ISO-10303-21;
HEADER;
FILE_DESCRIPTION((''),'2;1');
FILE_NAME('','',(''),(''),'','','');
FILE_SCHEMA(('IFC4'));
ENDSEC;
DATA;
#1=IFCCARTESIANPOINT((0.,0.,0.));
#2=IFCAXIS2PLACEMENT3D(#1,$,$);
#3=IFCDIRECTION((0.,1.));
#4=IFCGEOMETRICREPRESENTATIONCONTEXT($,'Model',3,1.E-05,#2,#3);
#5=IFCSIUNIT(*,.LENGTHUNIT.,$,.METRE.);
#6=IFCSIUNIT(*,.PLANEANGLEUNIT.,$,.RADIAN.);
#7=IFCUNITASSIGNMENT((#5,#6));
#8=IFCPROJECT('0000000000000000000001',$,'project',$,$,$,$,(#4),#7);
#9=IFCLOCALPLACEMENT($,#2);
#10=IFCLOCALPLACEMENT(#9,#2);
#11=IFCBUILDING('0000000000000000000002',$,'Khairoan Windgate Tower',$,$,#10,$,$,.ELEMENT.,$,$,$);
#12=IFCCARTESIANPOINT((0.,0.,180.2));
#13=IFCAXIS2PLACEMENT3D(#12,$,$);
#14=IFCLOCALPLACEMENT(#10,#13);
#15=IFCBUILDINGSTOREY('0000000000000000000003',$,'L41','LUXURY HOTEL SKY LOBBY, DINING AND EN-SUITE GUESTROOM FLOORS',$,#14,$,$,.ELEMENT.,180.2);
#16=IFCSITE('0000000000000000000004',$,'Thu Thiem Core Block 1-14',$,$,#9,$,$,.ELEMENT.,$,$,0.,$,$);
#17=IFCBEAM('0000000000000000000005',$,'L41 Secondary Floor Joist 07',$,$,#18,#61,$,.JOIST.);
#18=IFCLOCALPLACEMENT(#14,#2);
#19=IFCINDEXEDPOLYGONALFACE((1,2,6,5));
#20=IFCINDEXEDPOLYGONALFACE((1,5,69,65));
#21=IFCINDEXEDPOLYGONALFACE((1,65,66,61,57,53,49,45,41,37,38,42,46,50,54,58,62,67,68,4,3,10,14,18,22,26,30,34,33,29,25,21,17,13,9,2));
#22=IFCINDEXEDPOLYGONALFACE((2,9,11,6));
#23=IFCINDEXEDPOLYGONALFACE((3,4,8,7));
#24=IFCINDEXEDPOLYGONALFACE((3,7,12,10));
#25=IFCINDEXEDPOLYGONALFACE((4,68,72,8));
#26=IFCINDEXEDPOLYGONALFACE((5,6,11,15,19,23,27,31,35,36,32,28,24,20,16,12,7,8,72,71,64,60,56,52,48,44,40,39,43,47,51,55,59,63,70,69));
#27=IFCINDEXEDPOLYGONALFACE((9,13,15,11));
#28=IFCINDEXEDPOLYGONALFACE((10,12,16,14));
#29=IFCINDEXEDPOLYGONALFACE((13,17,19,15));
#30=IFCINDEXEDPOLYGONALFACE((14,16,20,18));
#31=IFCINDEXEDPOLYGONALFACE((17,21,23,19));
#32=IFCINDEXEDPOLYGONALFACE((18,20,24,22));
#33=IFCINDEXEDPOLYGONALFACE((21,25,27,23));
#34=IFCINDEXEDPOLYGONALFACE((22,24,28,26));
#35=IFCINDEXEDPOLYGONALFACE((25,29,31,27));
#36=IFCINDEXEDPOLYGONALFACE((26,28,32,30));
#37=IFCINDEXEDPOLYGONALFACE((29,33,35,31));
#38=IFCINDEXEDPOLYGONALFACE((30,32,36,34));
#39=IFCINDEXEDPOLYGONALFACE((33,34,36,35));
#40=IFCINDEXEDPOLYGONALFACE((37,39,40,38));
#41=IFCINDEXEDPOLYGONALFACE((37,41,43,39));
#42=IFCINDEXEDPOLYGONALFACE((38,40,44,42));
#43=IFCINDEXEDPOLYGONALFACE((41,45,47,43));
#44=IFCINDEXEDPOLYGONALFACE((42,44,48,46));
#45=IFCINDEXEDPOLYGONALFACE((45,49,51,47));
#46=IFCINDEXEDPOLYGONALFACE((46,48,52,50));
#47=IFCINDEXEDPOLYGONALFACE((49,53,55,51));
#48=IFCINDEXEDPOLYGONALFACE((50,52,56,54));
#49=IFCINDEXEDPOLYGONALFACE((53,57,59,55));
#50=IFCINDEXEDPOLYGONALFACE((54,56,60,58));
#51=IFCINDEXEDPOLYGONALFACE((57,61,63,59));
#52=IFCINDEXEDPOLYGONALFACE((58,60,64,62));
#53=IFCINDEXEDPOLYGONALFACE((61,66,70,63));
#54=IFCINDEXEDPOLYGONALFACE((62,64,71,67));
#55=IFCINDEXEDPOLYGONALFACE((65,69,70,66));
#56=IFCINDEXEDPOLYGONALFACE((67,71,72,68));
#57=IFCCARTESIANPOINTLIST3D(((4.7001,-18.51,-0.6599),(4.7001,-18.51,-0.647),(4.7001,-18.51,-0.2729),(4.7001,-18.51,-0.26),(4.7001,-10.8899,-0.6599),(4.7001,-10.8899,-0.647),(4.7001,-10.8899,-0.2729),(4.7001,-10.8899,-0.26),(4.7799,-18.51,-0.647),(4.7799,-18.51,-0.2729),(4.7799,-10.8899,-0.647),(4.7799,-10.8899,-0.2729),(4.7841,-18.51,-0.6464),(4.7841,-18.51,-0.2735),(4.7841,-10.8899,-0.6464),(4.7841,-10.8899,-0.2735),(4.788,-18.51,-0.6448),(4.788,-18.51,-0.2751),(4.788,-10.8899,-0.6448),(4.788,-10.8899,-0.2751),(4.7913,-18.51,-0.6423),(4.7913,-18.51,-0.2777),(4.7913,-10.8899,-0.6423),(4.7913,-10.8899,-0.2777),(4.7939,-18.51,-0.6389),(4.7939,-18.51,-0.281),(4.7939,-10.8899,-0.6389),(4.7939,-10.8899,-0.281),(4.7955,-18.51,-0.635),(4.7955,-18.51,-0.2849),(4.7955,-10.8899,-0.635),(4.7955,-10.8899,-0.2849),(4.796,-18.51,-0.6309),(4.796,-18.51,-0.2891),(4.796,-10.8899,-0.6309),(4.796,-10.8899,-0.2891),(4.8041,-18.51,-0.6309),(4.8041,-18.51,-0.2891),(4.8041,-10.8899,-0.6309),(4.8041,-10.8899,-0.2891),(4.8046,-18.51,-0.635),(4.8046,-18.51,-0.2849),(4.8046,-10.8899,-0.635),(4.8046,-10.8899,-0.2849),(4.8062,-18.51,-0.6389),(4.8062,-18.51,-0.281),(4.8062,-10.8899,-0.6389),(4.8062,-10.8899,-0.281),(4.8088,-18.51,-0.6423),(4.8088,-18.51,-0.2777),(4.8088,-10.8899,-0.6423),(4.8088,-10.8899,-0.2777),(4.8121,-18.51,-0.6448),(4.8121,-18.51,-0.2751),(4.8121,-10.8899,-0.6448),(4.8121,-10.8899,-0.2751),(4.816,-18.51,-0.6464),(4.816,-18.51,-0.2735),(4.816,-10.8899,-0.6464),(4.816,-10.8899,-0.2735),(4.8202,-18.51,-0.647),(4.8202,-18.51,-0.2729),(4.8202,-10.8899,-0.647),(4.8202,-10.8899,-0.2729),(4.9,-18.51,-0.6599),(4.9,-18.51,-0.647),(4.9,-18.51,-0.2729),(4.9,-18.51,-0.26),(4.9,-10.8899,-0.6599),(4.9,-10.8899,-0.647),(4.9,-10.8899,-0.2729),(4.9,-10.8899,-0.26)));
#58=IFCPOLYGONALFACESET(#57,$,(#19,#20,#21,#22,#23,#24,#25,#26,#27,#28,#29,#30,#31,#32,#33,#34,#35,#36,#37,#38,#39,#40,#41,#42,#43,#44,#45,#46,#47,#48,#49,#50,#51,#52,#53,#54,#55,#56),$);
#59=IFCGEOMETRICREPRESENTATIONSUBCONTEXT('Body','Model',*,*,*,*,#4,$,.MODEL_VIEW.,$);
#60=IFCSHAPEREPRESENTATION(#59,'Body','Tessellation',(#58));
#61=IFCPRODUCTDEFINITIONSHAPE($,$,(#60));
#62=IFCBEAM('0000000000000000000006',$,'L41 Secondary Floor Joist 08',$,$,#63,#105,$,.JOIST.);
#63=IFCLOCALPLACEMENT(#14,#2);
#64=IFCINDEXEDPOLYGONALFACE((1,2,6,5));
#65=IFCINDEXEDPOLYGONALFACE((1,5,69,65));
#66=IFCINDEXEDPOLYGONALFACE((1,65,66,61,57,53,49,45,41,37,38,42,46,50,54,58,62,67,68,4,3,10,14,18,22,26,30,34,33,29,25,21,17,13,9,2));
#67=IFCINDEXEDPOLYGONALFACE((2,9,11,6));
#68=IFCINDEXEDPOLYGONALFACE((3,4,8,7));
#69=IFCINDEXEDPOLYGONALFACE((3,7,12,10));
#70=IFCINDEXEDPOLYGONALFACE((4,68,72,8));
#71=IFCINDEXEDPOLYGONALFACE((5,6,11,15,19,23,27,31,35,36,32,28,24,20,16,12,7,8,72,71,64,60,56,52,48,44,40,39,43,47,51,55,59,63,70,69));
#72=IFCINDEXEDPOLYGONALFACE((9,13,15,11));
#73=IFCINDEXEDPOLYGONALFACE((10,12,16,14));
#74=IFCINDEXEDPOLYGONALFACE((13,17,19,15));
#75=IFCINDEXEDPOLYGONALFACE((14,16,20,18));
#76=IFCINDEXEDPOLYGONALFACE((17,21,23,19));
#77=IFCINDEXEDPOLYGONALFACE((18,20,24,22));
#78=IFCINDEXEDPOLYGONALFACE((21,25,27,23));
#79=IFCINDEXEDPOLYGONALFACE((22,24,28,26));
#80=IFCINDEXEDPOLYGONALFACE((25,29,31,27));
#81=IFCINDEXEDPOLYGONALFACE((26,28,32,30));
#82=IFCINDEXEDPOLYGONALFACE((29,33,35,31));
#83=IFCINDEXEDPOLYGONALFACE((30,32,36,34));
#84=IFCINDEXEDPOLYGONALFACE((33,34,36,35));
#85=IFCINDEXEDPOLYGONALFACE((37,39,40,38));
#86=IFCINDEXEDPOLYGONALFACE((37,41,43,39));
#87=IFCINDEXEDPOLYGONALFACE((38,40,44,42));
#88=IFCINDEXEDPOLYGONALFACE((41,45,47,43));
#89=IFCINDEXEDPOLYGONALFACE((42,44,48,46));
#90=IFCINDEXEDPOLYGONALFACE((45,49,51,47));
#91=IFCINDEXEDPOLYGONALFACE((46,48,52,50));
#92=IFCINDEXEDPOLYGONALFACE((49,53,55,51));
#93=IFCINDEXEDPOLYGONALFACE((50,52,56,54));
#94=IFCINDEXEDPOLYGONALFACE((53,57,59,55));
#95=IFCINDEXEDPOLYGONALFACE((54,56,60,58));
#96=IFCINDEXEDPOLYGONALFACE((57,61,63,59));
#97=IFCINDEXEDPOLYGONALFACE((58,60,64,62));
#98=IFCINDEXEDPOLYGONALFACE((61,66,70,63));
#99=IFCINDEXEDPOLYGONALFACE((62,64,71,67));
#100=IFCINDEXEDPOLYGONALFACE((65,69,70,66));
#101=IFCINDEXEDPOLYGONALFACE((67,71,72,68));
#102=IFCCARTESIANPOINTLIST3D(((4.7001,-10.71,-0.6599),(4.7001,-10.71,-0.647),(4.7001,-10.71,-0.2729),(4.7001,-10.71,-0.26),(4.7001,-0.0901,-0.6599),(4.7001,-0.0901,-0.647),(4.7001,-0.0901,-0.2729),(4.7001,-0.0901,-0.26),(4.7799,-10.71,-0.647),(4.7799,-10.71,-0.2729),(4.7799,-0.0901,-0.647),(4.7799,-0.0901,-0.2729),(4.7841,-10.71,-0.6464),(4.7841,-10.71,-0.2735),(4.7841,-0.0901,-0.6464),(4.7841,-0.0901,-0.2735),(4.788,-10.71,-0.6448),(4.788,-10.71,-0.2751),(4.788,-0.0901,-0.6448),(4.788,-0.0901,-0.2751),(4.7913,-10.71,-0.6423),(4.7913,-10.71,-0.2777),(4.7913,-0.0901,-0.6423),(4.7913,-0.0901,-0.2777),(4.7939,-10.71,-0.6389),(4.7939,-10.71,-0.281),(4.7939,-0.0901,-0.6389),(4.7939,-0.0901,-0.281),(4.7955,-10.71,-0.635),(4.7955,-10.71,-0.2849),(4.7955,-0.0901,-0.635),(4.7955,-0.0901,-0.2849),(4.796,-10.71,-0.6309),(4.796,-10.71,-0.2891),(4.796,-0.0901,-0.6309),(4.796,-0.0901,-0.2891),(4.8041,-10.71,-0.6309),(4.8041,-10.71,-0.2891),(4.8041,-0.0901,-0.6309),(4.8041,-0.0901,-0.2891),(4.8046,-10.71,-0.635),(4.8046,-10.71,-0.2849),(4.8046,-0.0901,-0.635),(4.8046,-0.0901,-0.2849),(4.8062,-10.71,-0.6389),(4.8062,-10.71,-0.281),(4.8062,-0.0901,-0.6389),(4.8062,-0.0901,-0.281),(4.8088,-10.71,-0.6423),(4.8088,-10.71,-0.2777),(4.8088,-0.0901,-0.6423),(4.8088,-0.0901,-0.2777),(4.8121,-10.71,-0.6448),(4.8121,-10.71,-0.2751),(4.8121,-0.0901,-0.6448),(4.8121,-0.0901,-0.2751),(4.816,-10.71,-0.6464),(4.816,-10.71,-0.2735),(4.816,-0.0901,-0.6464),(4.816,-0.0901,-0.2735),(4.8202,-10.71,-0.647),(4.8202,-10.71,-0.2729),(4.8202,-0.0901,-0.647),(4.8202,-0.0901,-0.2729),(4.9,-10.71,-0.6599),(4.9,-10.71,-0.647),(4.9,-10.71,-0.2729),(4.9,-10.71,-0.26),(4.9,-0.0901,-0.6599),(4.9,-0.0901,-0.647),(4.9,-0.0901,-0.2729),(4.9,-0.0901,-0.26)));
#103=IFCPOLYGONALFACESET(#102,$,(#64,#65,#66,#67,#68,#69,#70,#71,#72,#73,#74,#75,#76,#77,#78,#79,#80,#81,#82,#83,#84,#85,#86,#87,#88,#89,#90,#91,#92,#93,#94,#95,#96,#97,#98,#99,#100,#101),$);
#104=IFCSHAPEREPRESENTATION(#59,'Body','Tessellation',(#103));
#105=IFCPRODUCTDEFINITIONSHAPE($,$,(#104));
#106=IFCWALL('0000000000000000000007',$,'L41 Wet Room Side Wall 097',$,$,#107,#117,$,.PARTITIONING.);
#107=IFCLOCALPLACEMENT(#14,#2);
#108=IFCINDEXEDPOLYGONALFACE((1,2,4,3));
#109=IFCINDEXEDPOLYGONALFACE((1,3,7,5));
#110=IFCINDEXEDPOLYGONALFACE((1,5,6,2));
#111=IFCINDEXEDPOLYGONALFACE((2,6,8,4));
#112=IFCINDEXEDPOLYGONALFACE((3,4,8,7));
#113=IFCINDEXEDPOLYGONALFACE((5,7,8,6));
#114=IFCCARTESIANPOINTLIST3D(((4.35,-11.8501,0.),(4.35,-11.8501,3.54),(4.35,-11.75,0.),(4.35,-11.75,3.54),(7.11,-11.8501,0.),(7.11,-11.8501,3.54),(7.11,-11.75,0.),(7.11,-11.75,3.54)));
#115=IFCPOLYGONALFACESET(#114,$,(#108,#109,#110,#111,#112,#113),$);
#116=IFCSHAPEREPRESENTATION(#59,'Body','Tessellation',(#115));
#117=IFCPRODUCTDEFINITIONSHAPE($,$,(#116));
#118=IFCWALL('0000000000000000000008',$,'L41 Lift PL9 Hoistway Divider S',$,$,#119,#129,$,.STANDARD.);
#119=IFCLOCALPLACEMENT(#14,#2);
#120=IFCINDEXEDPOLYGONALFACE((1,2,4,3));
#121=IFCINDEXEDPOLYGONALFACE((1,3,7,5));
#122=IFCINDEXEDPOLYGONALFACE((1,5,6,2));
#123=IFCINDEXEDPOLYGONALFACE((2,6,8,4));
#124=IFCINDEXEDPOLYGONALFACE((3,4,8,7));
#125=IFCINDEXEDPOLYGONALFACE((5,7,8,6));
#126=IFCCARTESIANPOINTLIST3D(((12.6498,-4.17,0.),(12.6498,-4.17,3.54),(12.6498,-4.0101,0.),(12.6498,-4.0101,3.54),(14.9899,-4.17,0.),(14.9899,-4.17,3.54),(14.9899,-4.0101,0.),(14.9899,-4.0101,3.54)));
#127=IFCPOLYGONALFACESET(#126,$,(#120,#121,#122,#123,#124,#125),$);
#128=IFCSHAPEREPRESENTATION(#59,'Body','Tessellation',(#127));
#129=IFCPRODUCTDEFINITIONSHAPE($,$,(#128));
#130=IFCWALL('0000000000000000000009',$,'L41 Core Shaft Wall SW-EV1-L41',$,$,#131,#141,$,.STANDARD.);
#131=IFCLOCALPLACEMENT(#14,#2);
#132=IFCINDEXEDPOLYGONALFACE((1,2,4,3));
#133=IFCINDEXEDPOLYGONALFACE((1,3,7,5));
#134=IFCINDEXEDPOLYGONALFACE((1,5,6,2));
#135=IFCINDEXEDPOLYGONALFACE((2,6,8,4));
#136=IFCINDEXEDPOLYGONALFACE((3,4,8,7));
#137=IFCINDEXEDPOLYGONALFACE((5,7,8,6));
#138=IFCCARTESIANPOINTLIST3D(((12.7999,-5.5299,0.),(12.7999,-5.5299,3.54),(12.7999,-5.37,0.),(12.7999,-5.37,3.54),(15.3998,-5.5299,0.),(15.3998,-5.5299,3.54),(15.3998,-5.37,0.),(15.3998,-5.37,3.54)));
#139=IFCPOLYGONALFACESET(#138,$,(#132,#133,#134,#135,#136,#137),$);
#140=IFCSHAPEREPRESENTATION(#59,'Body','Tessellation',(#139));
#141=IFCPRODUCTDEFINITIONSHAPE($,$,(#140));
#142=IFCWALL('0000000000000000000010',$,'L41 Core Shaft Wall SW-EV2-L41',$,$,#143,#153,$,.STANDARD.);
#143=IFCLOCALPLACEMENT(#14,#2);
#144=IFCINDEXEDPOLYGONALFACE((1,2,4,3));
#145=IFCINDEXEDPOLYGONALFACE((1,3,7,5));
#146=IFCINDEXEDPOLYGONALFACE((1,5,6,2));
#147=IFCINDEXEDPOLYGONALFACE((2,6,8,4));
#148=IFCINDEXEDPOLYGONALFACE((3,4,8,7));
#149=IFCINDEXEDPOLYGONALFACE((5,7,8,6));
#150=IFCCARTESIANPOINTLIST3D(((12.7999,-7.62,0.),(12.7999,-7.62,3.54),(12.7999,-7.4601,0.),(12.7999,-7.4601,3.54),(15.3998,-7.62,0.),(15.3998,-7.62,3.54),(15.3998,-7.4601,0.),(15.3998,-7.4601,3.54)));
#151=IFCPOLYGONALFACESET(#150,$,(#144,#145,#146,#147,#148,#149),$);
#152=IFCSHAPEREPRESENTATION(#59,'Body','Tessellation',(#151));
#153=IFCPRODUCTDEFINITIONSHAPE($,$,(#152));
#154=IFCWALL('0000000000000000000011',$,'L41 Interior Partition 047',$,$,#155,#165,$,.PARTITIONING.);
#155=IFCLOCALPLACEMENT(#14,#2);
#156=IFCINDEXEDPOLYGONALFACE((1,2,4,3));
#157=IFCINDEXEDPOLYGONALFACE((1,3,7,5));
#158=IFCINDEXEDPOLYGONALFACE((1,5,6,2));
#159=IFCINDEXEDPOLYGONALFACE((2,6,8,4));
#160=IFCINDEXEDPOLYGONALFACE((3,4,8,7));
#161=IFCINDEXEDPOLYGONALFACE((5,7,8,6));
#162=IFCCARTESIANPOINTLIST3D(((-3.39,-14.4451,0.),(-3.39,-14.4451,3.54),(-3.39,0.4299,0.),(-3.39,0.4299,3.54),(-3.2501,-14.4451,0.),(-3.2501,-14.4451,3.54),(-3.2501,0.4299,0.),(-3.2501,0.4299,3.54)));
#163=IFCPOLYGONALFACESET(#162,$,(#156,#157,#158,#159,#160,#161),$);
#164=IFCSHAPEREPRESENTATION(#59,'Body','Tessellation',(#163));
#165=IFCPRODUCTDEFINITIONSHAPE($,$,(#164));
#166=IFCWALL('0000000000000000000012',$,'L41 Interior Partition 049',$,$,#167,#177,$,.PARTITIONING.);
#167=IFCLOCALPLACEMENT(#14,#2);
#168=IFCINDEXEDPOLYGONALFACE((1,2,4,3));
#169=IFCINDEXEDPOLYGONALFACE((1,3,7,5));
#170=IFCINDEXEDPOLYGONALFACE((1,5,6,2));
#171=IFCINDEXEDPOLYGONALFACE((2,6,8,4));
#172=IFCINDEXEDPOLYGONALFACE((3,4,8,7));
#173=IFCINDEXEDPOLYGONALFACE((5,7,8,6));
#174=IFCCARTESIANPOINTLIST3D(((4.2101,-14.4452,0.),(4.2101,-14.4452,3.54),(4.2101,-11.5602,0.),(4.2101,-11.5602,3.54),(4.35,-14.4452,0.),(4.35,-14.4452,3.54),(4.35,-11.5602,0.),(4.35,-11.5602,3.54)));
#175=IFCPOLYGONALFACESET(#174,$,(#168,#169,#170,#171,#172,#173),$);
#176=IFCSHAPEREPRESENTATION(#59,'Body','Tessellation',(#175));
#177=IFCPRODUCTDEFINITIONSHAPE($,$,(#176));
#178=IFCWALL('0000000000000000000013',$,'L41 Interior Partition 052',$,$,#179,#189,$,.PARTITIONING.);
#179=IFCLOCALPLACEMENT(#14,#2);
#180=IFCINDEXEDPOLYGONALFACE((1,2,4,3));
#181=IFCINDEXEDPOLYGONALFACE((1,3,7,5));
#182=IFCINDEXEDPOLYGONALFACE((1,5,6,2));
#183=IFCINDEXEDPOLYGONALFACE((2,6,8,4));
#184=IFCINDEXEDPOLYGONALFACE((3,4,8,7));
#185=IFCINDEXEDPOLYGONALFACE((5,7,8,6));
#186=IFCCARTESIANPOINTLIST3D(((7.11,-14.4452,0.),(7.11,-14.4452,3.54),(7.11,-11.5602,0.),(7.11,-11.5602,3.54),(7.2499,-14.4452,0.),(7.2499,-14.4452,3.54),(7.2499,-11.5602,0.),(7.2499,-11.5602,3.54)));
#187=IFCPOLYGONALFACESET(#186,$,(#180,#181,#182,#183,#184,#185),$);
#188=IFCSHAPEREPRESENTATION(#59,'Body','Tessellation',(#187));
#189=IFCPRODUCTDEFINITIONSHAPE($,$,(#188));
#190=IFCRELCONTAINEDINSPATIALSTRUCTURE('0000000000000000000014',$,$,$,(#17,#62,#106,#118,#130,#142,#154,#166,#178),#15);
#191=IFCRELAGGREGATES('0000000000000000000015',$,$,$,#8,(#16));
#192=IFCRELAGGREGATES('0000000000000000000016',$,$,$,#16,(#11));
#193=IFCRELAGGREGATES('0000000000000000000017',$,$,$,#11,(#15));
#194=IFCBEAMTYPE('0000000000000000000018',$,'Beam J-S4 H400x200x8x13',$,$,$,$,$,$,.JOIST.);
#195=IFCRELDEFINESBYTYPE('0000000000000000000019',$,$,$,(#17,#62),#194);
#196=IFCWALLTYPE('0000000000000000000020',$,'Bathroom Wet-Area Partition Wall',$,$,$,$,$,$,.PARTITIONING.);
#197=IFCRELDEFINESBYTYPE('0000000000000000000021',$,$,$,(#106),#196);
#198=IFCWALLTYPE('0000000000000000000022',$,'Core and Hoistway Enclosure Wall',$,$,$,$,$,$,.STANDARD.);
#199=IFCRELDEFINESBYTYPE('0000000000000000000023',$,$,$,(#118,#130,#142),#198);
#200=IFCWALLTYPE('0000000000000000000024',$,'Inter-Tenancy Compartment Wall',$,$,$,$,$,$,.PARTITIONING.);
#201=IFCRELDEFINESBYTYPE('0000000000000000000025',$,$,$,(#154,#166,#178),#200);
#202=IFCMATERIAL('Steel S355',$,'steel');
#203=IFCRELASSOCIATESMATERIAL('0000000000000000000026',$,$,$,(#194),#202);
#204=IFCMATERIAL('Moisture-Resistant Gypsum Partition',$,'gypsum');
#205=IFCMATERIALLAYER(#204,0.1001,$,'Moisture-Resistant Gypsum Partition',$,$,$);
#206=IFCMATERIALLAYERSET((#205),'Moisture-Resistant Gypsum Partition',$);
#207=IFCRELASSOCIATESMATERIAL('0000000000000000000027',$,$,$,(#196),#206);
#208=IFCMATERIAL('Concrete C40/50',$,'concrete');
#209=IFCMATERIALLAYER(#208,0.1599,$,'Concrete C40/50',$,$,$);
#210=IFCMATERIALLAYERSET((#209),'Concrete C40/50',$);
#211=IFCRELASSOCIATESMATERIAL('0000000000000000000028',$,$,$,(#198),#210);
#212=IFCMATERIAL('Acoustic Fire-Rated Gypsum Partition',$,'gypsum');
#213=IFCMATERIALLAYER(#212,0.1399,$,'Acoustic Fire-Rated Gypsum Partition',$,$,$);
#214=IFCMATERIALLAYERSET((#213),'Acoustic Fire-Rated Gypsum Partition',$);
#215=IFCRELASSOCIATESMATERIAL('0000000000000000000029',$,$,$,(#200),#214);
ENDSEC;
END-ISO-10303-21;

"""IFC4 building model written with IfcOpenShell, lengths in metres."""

from ifc_helpers import new_model, si_unit, direction, frame, frame_2d, origin, origin_2d, place, context, subcontext, project, spatial, rectangle, i_section, extrude, material, layer, layer_set, material_profile, profile_set, type_object, element, save


model = new_model("IFC4")

# Units and contexts
model_context = context("Model", 3, precision=1e-05, world=origin(), true_north=direction((0.0, 1.0)))
body_context = subcontext(model_context, "Body", "Model", "MODEL_VIEW")
ifc_project = project(units=[si_unit("LENGTHUNIT", "METRE"), si_unit("PLANEANGLEUNIT", "RADIAN")], contexts=[model_context])

# Site, building, storey
site_placement = place(None, origin())
site = spatial("IfcSite", under=ifc_project, at=site_placement, Name="Thu Thiem Core Block 1-14", CompositionType="ELEMENT", RefElevation=0.0)
building_placement = place(site_placement, origin())
building = spatial("IfcBuilding", under=site, at=building_placement, Name="Khairoan Windgate Tower", CompositionType="ELEMENT")
storey_placement = place(building_placement, frame((0.0, 0.0, 180.2)))
storey = spatial("IfcBuildingStorey", under=building, at=storey_placement, Name="L41", Description="LUXURY HOTEL SKY LOBBY, DINING AND EN-SUITE GUESTROOM FLOORS", CompositionType="ELEMENT", Elevation=180.2)

# Beams
ifc_material_1 = material(Name="Steel S355", Category="steel")
ifc_material_profile_1 = material_profile(ifc_material_1, i_section(OverallWidth=0.2, OverallDepth=0.3999, WebThickness=0.0081, FlangeThickness=0.0129, FilletRadius=0.0161, at=origin_2d()))
ifc_profile_set_1 = profile_set([ifc_material_profile_1], Name="Steel S355")
beam_type_1 = type_object("IfcBeamType", Name="Beam J-S4 H400x200x8x13", PredefinedType="JOIST", material=ifc_profile_set_1)
beam_1_placement = place(storey_placement, frame((4.8, -18.51, -0.46), z_axis=(0.0, 1.0, 0.0), x_axis=(-1.0, 0.0, 0.0)))
element("IfcBeam", 1, at=beam_1_placement, inside=storey, type_object=beam_type_1, Name="L41 Secondary Floor Joist 07", PredefinedType="JOIST", context=body_context, shape_type="SweptSolid", body=[
    extrude(i_section(OverallWidth=0.2, OverallDepth=0.3999, WebThickness=0.0081, FlangeThickness=0.0129, FilletRadius=0.0161, at=origin_2d()), origin(), (0.0, 0.0, 1.0), 7.6201),
])
beam_2_placement = place(storey_placement, frame((4.8, -10.71, -0.46), z_axis=(0.0, 1.0, 0.0), x_axis=(-1.0, 0.0, 0.0)))
element("IfcBeam", 2, at=beam_2_placement, inside=storey, type_object=beam_type_1, Name="L41 Secondary Floor Joist 08", PredefinedType="JOIST", context=body_context, shape_type="SweptSolid", body=[
    extrude(i_section(OverallWidth=0.2, OverallDepth=0.3999, WebThickness=0.0081, FlangeThickness=0.0129, FilletRadius=0.0161, at=origin_2d()), origin(), (0.0, 0.0, 1.0), 10.6199),
])

# Walls
ifc_material_2 = material(Name="Moisture-Resistant Gypsum Partition", Category="gypsum")
ifc_layer_1 = layer(ifc_material_2, 0.1001, Name="Moisture-Resistant Gypsum Partition")
ifc_layer_set_1 = layer_set([ifc_layer_1], Name="Moisture-Resistant Gypsum Partition")
wall_type_1 = type_object("IfcWallType", Name="Bathroom Wet-Area Partition Wall", PredefinedType="PARTITIONING", material=ifc_layer_set_1)
wall_1_placement = place(storey_placement, frame((4.3501, -11.8, 0.0), z_axis=(0.0, 0.0, 1.0), x_axis=(1.0, 0.0, 0.0)))
element("IfcWall", 3, at=wall_1_placement, inside=storey, type_object=wall_type_1, Name="L41 Wet Room Side Wall 097", PredefinedType="PARTITIONING", context=body_context, shape_type="SweptSolid", body=[
    extrude(rectangle(XDim=2.76, YDim=0.1001, at=frame_2d((1.3799, 0.0))), origin(), (0.0, 0.0, 1.0), 3.54),
])
ifc_material_3 = material(Name="Concrete C40/50", Category="concrete")
ifc_layer_2 = layer(ifc_material_3, 0.1599, Name="Concrete C40/50")
ifc_layer_set_2 = layer_set([ifc_layer_2], Name="Concrete C40/50")
wall_type_2 = type_object("IfcWallType", Name="Core and Hoistway Enclosure Wall", PredefinedType="STANDARD", material=ifc_layer_set_2)
wall_2_placement = place(storey_placement, frame((12.6499, -4.0901, 0.0), z_axis=(0.0, 0.0, 1.0), x_axis=(1.0, 0.0, 0.0)))
element("IfcWall", 4, at=wall_2_placement, inside=storey, type_object=wall_type_2, Name="L41 Lift PL9 Hoistway Divider S", PredefinedType="STANDARD", context=body_context, shape_type="SweptSolid", body=[
    extrude(rectangle(XDim=2.3401, YDim=0.1599, at=frame_2d((1.1699, 0.0))), origin(), (0.0, 0.0, 1.0), 3.54),
])
for number, where, z_axis, x_axis, name in (
    (5, (12.8, -5.45, 0.0), (0.0, 0.0, 1.0), (1.0, 0.0, 0.0), "L41 Core Shaft Wall SW-EV1-L41"),
    (6, (12.8, -7.54, 0.0), (0.0, 0.0, 1.0), (1.0, 0.0, 0.0), "L41 Core Shaft Wall SW-EV2-L41"),
):
    element("IfcWall", number, at=place(storey_placement, frame(where, z_axis=z_axis, x_axis=x_axis)), inside=storey, type_object=wall_type_2, Name=name, PredefinedType="STANDARD", context=body_context, shape_type="SweptSolid", body=[
        extrude(rectangle(XDim=2.5999, YDim=0.1599, at=frame_2d((1.2998, 0.0))), origin(), (0.0, 0.0, 1.0), 3.54),
    ])
ifc_material_4 = material(Name="Acoustic Fire-Rated Gypsum Partition", Category="gypsum")
ifc_layer_3 = layer(ifc_material_4, 0.1399, Name="Acoustic Fire-Rated Gypsum Partition")
ifc_layer_set_3 = layer_set([ifc_layer_3], Name="Acoustic Fire-Rated Gypsum Partition")
wall_type_3 = type_object("IfcWallType", Name="Inter-Tenancy Compartment Wall", PredefinedType="PARTITIONING", material=ifc_layer_set_3)
wall_3_placement = place(storey_placement, frame((-3.3201, -14.4451, 0.0), z_axis=(0.0, 0.0, 1.0), x_axis=(0.0, 1.0, 0.0)))
element("IfcWall", 7, at=wall_3_placement, inside=storey, type_object=wall_type_3, Name="L41 Interior Partition 047", PredefinedType="PARTITIONING", context=body_context, shape_type="SweptSolid", body=[
    extrude(rectangle(XDim=14.875, YDim=0.1399, at=frame_2d((7.4375, 0.0))), origin(), (0.0, 0.0, 1.0), 3.54),
])
for number, where, z_axis, x_axis, name in (
    (8, (4.28, -14.4451, 0.0), (0.0, 0.0, 1.0), (0.0, 1.0, 0.0), "L41 Interior Partition 049"),
    (9, (7.1799, -14.4451, 0.0), (0.0, 0.0, 1.0), (0.0, 1.0, 0.0), "L41 Interior Partition 052"),
):
    element("IfcWall", number, at=place(storey_placement, frame(where, z_axis=z_axis, x_axis=x_axis)), inside=storey, type_object=wall_type_3, Name=name, PredefinedType="PARTITIONING", context=body_context, shape_type="SweptSolid", body=[
        extrude(rectangle(XDim=2.885, YDim=0.1399, at=frame_2d((1.4424, 0.0))), origin(), (0.0, 0.0, 1.0), 3.54),
    ])

save(model, "model.ifc")
